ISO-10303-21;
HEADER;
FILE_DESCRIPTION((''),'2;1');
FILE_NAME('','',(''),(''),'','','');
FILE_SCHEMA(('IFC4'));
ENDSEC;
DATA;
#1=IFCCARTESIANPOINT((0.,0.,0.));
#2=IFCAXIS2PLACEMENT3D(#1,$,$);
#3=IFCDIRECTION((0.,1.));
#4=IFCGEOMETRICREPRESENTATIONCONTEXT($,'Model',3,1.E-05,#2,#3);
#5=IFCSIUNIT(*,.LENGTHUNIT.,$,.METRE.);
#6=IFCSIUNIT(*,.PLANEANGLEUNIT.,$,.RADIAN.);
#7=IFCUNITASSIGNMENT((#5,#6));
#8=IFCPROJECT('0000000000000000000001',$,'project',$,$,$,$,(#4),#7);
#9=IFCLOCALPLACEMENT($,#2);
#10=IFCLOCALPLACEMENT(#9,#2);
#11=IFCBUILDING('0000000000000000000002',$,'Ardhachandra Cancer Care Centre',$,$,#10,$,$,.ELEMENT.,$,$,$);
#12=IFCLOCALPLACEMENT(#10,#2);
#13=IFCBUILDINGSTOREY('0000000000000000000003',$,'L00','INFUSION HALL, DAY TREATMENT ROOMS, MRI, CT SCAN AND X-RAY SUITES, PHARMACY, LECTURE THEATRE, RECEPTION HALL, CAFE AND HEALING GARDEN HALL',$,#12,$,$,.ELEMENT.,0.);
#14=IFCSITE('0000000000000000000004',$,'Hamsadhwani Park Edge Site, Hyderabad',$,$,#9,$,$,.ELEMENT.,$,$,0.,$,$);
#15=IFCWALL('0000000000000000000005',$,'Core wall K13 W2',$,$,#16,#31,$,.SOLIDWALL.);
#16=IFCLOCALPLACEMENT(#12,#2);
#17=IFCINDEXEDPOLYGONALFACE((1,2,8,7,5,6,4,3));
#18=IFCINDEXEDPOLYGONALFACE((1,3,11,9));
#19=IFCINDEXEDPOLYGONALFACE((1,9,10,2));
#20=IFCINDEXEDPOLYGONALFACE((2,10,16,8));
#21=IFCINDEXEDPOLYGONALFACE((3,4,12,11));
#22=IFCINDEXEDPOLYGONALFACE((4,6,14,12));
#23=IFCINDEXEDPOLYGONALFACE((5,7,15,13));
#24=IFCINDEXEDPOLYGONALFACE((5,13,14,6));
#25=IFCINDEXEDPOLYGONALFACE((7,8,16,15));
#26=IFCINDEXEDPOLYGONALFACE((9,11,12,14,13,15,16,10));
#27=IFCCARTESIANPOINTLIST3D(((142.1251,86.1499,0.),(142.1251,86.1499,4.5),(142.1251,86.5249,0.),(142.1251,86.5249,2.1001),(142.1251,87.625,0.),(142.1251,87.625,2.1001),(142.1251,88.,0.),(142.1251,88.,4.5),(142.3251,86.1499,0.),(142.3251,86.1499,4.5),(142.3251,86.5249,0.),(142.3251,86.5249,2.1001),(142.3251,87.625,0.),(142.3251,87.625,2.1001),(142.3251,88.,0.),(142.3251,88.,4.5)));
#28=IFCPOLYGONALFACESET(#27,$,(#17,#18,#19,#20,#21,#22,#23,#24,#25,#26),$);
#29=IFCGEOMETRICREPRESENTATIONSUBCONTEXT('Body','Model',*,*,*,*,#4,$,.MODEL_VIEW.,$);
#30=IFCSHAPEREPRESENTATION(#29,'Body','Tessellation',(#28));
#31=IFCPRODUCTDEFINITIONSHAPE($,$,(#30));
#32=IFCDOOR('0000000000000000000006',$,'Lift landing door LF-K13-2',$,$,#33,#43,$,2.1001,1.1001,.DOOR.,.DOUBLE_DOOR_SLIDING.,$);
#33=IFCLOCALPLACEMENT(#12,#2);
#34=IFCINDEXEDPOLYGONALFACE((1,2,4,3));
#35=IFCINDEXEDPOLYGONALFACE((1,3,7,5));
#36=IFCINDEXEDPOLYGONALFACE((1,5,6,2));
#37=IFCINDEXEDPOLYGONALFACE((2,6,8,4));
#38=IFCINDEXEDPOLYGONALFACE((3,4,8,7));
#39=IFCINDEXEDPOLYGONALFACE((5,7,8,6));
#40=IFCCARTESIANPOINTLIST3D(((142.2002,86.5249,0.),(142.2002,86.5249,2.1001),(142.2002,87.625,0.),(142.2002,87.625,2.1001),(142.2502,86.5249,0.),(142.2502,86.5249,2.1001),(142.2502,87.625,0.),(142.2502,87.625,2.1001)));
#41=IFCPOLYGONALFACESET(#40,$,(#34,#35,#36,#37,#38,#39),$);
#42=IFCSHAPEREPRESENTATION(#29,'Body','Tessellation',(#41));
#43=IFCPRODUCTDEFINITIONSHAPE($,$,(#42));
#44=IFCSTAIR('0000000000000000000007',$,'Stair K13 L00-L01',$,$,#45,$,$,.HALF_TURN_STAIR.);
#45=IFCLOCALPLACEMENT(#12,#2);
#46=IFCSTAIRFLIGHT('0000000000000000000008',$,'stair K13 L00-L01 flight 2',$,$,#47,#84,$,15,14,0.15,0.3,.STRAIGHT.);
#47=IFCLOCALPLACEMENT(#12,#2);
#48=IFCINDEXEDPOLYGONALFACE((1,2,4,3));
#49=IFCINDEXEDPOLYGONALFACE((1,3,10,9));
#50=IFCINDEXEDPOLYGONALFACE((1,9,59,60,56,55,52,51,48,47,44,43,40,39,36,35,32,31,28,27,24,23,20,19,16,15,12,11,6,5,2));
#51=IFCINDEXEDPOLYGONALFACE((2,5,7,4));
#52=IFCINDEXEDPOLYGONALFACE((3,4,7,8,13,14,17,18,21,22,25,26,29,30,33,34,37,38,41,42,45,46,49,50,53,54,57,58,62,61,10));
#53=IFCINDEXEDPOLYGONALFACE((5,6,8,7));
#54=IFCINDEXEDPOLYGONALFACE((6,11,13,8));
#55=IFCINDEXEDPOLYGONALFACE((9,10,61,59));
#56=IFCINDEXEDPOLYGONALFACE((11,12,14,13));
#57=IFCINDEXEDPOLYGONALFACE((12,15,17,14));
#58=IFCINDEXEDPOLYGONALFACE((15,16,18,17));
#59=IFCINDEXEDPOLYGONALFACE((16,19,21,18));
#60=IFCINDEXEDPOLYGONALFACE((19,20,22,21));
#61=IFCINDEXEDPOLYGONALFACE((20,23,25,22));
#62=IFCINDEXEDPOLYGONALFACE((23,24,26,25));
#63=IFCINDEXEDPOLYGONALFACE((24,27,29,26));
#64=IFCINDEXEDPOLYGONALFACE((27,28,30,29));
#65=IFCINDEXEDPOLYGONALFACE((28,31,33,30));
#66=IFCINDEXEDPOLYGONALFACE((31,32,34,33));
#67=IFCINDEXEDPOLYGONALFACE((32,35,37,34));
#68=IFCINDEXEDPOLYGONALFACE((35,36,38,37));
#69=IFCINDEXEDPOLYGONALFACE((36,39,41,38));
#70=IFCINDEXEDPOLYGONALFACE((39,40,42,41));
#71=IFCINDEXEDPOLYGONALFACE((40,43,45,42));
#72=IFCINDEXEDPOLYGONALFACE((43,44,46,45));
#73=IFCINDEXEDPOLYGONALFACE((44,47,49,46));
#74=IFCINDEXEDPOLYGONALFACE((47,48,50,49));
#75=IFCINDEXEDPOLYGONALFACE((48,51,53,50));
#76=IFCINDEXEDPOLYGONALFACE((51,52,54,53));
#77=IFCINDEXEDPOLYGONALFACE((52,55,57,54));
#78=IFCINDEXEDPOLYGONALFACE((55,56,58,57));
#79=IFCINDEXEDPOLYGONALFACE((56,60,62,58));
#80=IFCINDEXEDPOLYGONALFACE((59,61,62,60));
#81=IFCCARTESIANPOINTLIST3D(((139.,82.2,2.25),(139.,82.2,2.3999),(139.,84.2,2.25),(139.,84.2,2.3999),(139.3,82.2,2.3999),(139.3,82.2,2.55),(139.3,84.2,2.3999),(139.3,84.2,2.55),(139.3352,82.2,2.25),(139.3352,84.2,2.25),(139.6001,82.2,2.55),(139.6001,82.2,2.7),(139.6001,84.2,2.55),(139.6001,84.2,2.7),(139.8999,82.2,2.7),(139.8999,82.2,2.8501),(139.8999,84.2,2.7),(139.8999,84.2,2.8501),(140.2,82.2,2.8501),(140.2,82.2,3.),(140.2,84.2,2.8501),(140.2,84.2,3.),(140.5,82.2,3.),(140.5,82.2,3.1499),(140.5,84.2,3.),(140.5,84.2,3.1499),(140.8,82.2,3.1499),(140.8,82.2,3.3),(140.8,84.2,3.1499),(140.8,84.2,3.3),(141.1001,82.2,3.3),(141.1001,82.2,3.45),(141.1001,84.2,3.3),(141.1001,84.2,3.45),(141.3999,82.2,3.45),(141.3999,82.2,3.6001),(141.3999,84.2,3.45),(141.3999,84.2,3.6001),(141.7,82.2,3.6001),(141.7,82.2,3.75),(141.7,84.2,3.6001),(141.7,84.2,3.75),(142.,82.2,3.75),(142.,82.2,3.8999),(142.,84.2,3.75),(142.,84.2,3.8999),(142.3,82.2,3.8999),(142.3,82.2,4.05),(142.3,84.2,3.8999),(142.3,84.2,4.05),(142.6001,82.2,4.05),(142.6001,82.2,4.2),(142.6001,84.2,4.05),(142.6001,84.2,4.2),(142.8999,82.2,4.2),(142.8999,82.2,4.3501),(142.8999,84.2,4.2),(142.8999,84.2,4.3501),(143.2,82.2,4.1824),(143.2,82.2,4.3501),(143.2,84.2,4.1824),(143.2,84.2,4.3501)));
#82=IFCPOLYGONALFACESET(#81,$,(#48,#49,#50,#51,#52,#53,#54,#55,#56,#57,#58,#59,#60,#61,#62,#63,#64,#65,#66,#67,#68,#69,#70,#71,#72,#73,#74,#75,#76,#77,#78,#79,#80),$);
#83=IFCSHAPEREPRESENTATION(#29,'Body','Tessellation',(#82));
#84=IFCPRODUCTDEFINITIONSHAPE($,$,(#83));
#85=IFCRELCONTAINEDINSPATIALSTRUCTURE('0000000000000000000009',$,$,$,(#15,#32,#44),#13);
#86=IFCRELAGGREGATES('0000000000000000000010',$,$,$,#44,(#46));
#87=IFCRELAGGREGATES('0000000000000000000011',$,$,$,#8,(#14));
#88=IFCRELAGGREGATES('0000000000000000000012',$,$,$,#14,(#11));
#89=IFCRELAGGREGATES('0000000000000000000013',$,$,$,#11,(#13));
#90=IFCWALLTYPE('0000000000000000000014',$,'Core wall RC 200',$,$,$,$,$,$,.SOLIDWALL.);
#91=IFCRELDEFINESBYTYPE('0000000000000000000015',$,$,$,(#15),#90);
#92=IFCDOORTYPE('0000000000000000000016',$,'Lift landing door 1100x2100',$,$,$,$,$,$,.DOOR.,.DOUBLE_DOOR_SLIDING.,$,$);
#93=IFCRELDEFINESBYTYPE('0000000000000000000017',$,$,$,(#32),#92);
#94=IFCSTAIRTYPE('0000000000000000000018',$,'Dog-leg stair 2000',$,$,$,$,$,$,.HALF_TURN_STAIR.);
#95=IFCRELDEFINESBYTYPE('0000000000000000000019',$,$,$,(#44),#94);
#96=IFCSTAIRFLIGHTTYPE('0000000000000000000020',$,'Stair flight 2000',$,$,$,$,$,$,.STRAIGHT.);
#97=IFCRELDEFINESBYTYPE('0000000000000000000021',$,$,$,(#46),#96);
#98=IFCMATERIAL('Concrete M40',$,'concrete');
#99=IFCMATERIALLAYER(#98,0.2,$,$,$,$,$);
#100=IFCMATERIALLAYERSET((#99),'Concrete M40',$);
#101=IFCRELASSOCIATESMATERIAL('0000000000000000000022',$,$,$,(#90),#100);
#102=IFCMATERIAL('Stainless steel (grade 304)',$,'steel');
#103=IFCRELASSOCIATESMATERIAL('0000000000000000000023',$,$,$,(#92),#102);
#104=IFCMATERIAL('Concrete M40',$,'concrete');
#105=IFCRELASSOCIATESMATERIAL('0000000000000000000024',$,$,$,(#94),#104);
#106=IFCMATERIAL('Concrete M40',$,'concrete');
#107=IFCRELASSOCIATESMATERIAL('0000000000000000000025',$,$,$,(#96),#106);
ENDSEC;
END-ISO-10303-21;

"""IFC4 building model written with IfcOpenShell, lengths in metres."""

from ifc_helpers import new_model, si_unit, direction, frame, frame_2d, origin, place, context, subcontext, project, spatial, polyline, rectangle, outline, extrude, material, layer, layer_set, type_object, element, fill, aggregate, save


model = new_model("IFC4")

# Units and contexts
model_context = context("Model", 3, precision=1e-05, world=origin(), true_north=direction((0.0, 1.0)))
body_context = subcontext(model_context, "Body", "Model", "MODEL_VIEW")
ifc_project = project(units=[si_unit("LENGTHUNIT", "METRE"), si_unit("PLANEANGLEUNIT", "RADIAN")], contexts=[model_context])

# Site, building, storey
site_placement = place(None, origin())
site = spatial("IfcSite", under=ifc_project, at=site_placement, Name="Hamsadhwani Park Edge Site, Hyderabad", CompositionType="ELEMENT", RefElevation=0.0)
building_placement = place(site_placement, origin())
building = spatial("IfcBuilding", under=site, at=building_placement, Name="Ardhachandra Cancer Care Centre", CompositionType="ELEMENT")
storey_placement = place(building_placement, origin())
storey = spatial("IfcBuildingStorey", under=building, at=storey_placement, Name="L00", Description="INFUSION HALL, DAY TREATMENT ROOMS, MRI, CT SCAN AND X-RAY SUITES, PHARMACY, LECTURE THEATRE, RECEPTION HALL, CAFE AND HEALING GARDEN HALL", CompositionType="ELEMENT", Elevation=0.0)

# Shared definitions
ifc_material_1 = material(Name="Concrete M40", Category="concrete")
ifc_layer = layer(ifc_material_1, 0.2)
ifc_layer_set = layer_set([ifc_layer], Name="Concrete M40")
wall_type = type_object("IfcWallType", Name="Core wall RC 200", PredefinedType="SOLIDWALL", material=ifc_layer_set)

# Shared definitions
ifc_material_2 = material(Name="Stainless steel (grade 304)", Category="steel")
door_type_1 = type_object("IfcDoorType", Name="Lift landing door 1100x2100", OperationType="DOUBLE_DOOR_SLIDING", PredefinedType="DOOR", material=ifc_material_2)

# Wall, opening, door
wall_1_placement = place(storey_placement, frame((142.2251, 86.1499, 0.0), z_axis=(0.0, 0.0, 1.0), x_axis=(0.0, 1.0, 0.0)))
wall_1 = element("IfcWall", 1, at=wall_1_placement, inside=storey, type_object=wall_type, Name="Core wall K13 W2", PredefinedType="SOLIDWALL", context=body_context, shape_type="SweptSolid", body=[
    extrude(rectangle(XDim=1.8501, YDim=0.2, at=frame_2d((0.925, 0.0))), origin(), (0.0, 0.0, 1.0), 4.5),
])
opening_1_placement = place(wall_1_placement, frame((0.375, 0.0, 0.0)))
opening_1 = element("IfcOpeningElement", 2, at=opening_1_placement, cuts=wall_1, PredefinedType="OPENING", context=body_context, shape_type="SweptSolid", body=[
    extrude(rectangle(XDim=1.1001, YDim=2.1001, at=frame_2d((0.55, 1.05))), frame((0.0, 0.1099, 0.0), z_axis=(0.0, -1.0, 0.0), x_axis=(1.0, 0.0, 0.0)), (0.0, 0.0, 1.0), 0.22),
])
door_1_placement = place(opening_1_placement, origin())
door_1 = element("IfcDoor", 3, at=door_1_placement, inside=storey, type_object=door_type_1, Name="Lift landing door LF-K13-2", OperationType="DOUBLE_DOOR_SLIDING", OverallHeight=2.1001, OverallWidth=1.1001, PredefinedType="DOOR", context=body_context, shape_type="SweptSolid", body=[
    extrude(rectangle(XDim=1.1001, YDim=2.1001, at=frame_2d((0.55, 1.05))), frame((0.0, 0.0249, 0.0), z_axis=(0.0, -1.0, 0.0), x_axis=(1.0, 0.0, 0.0)), (0.0, 0.0, 1.0), 0.05),
])
fill(opening_1, door_1)

# Stair, stair flight
ifc_material_3 = material(Name="Concrete M40", Category="concrete")
stair_type = type_object("IfcStairType", Name="Dog-leg stair 2000", PredefinedType="HALF_TURN_STAIR", material=ifc_material_3)
stair_placement = place(storey_placement, origin())
stair = element("IfcStair", 4, at=stair_placement, inside=storey, type_object=stair_type, Name="Stair K13 L00-L01", PredefinedType="HALF_TURN_STAIR")
ifc_material_4 = material(Name="Concrete M40", Category="concrete")
stair_flight_type = type_object("IfcStairFlightType", Name="Stair flight 2000", PredefinedType="STRAIGHT", material=ifc_material_4)
stair_flight_placement = place(storey_placement, frame((139.0, 83.2, 2.25), z_axis=(0.0, 0.0, 1.0), x_axis=(1.0, 0.0, 0.0)))
stair_flight = element("IfcStairFlight", 5, at=stair_flight_placement, type_object=stair_flight_type, Name="stair K13 L00-L01 flight 2", NumberOfRisers=15, NumberOfTreads=14, PredefinedType="STRAIGHT", RiserHeight=0.15, TreadLength=0.3, context=body_context, shape_type="SweptSolid", body=[
    extrude(outline(polyline([(0.0, 0.0), (0.0, 0.1499), (0.3, 0.1499), (0.3, 0.3), (0.6001, 0.3), (0.6001, 0.45), (0.8999, 0.45), (0.8999, 0.6001), (1.2, 0.6001), (1.2, 0.75), (1.5, 0.75), (1.5, 0.8999), (1.8, 0.8999), (1.8, 1.05), (2.1001, 1.05), (2.1001, 1.2), (2.3999, 1.2), (2.3999, 1.3501), (2.7, 1.3501), (2.7, 1.5), (3.0, 1.5), (3.0, 1.6499), (3.3, 1.6499), (3.3, 1.8), (3.6001, 1.8), (3.6001, 1.95), (3.8999, 1.95), (3.8999, 2.1001), (4.2, 2.1001), (4.2, 2.25), (4.2, 1.9324), (0.3352, 0.0), (0.0, 0.0)])), frame((0.0, 1.0, 0.0), z_axis=(0.0, -1.0, 0.0), x_axis=(1.0, 0.0, 0.0)), (0.0, 0.0, 1.0), 2.0),
])
aggregate(stair, [stair_flight])

save(model, "model.ifc")
